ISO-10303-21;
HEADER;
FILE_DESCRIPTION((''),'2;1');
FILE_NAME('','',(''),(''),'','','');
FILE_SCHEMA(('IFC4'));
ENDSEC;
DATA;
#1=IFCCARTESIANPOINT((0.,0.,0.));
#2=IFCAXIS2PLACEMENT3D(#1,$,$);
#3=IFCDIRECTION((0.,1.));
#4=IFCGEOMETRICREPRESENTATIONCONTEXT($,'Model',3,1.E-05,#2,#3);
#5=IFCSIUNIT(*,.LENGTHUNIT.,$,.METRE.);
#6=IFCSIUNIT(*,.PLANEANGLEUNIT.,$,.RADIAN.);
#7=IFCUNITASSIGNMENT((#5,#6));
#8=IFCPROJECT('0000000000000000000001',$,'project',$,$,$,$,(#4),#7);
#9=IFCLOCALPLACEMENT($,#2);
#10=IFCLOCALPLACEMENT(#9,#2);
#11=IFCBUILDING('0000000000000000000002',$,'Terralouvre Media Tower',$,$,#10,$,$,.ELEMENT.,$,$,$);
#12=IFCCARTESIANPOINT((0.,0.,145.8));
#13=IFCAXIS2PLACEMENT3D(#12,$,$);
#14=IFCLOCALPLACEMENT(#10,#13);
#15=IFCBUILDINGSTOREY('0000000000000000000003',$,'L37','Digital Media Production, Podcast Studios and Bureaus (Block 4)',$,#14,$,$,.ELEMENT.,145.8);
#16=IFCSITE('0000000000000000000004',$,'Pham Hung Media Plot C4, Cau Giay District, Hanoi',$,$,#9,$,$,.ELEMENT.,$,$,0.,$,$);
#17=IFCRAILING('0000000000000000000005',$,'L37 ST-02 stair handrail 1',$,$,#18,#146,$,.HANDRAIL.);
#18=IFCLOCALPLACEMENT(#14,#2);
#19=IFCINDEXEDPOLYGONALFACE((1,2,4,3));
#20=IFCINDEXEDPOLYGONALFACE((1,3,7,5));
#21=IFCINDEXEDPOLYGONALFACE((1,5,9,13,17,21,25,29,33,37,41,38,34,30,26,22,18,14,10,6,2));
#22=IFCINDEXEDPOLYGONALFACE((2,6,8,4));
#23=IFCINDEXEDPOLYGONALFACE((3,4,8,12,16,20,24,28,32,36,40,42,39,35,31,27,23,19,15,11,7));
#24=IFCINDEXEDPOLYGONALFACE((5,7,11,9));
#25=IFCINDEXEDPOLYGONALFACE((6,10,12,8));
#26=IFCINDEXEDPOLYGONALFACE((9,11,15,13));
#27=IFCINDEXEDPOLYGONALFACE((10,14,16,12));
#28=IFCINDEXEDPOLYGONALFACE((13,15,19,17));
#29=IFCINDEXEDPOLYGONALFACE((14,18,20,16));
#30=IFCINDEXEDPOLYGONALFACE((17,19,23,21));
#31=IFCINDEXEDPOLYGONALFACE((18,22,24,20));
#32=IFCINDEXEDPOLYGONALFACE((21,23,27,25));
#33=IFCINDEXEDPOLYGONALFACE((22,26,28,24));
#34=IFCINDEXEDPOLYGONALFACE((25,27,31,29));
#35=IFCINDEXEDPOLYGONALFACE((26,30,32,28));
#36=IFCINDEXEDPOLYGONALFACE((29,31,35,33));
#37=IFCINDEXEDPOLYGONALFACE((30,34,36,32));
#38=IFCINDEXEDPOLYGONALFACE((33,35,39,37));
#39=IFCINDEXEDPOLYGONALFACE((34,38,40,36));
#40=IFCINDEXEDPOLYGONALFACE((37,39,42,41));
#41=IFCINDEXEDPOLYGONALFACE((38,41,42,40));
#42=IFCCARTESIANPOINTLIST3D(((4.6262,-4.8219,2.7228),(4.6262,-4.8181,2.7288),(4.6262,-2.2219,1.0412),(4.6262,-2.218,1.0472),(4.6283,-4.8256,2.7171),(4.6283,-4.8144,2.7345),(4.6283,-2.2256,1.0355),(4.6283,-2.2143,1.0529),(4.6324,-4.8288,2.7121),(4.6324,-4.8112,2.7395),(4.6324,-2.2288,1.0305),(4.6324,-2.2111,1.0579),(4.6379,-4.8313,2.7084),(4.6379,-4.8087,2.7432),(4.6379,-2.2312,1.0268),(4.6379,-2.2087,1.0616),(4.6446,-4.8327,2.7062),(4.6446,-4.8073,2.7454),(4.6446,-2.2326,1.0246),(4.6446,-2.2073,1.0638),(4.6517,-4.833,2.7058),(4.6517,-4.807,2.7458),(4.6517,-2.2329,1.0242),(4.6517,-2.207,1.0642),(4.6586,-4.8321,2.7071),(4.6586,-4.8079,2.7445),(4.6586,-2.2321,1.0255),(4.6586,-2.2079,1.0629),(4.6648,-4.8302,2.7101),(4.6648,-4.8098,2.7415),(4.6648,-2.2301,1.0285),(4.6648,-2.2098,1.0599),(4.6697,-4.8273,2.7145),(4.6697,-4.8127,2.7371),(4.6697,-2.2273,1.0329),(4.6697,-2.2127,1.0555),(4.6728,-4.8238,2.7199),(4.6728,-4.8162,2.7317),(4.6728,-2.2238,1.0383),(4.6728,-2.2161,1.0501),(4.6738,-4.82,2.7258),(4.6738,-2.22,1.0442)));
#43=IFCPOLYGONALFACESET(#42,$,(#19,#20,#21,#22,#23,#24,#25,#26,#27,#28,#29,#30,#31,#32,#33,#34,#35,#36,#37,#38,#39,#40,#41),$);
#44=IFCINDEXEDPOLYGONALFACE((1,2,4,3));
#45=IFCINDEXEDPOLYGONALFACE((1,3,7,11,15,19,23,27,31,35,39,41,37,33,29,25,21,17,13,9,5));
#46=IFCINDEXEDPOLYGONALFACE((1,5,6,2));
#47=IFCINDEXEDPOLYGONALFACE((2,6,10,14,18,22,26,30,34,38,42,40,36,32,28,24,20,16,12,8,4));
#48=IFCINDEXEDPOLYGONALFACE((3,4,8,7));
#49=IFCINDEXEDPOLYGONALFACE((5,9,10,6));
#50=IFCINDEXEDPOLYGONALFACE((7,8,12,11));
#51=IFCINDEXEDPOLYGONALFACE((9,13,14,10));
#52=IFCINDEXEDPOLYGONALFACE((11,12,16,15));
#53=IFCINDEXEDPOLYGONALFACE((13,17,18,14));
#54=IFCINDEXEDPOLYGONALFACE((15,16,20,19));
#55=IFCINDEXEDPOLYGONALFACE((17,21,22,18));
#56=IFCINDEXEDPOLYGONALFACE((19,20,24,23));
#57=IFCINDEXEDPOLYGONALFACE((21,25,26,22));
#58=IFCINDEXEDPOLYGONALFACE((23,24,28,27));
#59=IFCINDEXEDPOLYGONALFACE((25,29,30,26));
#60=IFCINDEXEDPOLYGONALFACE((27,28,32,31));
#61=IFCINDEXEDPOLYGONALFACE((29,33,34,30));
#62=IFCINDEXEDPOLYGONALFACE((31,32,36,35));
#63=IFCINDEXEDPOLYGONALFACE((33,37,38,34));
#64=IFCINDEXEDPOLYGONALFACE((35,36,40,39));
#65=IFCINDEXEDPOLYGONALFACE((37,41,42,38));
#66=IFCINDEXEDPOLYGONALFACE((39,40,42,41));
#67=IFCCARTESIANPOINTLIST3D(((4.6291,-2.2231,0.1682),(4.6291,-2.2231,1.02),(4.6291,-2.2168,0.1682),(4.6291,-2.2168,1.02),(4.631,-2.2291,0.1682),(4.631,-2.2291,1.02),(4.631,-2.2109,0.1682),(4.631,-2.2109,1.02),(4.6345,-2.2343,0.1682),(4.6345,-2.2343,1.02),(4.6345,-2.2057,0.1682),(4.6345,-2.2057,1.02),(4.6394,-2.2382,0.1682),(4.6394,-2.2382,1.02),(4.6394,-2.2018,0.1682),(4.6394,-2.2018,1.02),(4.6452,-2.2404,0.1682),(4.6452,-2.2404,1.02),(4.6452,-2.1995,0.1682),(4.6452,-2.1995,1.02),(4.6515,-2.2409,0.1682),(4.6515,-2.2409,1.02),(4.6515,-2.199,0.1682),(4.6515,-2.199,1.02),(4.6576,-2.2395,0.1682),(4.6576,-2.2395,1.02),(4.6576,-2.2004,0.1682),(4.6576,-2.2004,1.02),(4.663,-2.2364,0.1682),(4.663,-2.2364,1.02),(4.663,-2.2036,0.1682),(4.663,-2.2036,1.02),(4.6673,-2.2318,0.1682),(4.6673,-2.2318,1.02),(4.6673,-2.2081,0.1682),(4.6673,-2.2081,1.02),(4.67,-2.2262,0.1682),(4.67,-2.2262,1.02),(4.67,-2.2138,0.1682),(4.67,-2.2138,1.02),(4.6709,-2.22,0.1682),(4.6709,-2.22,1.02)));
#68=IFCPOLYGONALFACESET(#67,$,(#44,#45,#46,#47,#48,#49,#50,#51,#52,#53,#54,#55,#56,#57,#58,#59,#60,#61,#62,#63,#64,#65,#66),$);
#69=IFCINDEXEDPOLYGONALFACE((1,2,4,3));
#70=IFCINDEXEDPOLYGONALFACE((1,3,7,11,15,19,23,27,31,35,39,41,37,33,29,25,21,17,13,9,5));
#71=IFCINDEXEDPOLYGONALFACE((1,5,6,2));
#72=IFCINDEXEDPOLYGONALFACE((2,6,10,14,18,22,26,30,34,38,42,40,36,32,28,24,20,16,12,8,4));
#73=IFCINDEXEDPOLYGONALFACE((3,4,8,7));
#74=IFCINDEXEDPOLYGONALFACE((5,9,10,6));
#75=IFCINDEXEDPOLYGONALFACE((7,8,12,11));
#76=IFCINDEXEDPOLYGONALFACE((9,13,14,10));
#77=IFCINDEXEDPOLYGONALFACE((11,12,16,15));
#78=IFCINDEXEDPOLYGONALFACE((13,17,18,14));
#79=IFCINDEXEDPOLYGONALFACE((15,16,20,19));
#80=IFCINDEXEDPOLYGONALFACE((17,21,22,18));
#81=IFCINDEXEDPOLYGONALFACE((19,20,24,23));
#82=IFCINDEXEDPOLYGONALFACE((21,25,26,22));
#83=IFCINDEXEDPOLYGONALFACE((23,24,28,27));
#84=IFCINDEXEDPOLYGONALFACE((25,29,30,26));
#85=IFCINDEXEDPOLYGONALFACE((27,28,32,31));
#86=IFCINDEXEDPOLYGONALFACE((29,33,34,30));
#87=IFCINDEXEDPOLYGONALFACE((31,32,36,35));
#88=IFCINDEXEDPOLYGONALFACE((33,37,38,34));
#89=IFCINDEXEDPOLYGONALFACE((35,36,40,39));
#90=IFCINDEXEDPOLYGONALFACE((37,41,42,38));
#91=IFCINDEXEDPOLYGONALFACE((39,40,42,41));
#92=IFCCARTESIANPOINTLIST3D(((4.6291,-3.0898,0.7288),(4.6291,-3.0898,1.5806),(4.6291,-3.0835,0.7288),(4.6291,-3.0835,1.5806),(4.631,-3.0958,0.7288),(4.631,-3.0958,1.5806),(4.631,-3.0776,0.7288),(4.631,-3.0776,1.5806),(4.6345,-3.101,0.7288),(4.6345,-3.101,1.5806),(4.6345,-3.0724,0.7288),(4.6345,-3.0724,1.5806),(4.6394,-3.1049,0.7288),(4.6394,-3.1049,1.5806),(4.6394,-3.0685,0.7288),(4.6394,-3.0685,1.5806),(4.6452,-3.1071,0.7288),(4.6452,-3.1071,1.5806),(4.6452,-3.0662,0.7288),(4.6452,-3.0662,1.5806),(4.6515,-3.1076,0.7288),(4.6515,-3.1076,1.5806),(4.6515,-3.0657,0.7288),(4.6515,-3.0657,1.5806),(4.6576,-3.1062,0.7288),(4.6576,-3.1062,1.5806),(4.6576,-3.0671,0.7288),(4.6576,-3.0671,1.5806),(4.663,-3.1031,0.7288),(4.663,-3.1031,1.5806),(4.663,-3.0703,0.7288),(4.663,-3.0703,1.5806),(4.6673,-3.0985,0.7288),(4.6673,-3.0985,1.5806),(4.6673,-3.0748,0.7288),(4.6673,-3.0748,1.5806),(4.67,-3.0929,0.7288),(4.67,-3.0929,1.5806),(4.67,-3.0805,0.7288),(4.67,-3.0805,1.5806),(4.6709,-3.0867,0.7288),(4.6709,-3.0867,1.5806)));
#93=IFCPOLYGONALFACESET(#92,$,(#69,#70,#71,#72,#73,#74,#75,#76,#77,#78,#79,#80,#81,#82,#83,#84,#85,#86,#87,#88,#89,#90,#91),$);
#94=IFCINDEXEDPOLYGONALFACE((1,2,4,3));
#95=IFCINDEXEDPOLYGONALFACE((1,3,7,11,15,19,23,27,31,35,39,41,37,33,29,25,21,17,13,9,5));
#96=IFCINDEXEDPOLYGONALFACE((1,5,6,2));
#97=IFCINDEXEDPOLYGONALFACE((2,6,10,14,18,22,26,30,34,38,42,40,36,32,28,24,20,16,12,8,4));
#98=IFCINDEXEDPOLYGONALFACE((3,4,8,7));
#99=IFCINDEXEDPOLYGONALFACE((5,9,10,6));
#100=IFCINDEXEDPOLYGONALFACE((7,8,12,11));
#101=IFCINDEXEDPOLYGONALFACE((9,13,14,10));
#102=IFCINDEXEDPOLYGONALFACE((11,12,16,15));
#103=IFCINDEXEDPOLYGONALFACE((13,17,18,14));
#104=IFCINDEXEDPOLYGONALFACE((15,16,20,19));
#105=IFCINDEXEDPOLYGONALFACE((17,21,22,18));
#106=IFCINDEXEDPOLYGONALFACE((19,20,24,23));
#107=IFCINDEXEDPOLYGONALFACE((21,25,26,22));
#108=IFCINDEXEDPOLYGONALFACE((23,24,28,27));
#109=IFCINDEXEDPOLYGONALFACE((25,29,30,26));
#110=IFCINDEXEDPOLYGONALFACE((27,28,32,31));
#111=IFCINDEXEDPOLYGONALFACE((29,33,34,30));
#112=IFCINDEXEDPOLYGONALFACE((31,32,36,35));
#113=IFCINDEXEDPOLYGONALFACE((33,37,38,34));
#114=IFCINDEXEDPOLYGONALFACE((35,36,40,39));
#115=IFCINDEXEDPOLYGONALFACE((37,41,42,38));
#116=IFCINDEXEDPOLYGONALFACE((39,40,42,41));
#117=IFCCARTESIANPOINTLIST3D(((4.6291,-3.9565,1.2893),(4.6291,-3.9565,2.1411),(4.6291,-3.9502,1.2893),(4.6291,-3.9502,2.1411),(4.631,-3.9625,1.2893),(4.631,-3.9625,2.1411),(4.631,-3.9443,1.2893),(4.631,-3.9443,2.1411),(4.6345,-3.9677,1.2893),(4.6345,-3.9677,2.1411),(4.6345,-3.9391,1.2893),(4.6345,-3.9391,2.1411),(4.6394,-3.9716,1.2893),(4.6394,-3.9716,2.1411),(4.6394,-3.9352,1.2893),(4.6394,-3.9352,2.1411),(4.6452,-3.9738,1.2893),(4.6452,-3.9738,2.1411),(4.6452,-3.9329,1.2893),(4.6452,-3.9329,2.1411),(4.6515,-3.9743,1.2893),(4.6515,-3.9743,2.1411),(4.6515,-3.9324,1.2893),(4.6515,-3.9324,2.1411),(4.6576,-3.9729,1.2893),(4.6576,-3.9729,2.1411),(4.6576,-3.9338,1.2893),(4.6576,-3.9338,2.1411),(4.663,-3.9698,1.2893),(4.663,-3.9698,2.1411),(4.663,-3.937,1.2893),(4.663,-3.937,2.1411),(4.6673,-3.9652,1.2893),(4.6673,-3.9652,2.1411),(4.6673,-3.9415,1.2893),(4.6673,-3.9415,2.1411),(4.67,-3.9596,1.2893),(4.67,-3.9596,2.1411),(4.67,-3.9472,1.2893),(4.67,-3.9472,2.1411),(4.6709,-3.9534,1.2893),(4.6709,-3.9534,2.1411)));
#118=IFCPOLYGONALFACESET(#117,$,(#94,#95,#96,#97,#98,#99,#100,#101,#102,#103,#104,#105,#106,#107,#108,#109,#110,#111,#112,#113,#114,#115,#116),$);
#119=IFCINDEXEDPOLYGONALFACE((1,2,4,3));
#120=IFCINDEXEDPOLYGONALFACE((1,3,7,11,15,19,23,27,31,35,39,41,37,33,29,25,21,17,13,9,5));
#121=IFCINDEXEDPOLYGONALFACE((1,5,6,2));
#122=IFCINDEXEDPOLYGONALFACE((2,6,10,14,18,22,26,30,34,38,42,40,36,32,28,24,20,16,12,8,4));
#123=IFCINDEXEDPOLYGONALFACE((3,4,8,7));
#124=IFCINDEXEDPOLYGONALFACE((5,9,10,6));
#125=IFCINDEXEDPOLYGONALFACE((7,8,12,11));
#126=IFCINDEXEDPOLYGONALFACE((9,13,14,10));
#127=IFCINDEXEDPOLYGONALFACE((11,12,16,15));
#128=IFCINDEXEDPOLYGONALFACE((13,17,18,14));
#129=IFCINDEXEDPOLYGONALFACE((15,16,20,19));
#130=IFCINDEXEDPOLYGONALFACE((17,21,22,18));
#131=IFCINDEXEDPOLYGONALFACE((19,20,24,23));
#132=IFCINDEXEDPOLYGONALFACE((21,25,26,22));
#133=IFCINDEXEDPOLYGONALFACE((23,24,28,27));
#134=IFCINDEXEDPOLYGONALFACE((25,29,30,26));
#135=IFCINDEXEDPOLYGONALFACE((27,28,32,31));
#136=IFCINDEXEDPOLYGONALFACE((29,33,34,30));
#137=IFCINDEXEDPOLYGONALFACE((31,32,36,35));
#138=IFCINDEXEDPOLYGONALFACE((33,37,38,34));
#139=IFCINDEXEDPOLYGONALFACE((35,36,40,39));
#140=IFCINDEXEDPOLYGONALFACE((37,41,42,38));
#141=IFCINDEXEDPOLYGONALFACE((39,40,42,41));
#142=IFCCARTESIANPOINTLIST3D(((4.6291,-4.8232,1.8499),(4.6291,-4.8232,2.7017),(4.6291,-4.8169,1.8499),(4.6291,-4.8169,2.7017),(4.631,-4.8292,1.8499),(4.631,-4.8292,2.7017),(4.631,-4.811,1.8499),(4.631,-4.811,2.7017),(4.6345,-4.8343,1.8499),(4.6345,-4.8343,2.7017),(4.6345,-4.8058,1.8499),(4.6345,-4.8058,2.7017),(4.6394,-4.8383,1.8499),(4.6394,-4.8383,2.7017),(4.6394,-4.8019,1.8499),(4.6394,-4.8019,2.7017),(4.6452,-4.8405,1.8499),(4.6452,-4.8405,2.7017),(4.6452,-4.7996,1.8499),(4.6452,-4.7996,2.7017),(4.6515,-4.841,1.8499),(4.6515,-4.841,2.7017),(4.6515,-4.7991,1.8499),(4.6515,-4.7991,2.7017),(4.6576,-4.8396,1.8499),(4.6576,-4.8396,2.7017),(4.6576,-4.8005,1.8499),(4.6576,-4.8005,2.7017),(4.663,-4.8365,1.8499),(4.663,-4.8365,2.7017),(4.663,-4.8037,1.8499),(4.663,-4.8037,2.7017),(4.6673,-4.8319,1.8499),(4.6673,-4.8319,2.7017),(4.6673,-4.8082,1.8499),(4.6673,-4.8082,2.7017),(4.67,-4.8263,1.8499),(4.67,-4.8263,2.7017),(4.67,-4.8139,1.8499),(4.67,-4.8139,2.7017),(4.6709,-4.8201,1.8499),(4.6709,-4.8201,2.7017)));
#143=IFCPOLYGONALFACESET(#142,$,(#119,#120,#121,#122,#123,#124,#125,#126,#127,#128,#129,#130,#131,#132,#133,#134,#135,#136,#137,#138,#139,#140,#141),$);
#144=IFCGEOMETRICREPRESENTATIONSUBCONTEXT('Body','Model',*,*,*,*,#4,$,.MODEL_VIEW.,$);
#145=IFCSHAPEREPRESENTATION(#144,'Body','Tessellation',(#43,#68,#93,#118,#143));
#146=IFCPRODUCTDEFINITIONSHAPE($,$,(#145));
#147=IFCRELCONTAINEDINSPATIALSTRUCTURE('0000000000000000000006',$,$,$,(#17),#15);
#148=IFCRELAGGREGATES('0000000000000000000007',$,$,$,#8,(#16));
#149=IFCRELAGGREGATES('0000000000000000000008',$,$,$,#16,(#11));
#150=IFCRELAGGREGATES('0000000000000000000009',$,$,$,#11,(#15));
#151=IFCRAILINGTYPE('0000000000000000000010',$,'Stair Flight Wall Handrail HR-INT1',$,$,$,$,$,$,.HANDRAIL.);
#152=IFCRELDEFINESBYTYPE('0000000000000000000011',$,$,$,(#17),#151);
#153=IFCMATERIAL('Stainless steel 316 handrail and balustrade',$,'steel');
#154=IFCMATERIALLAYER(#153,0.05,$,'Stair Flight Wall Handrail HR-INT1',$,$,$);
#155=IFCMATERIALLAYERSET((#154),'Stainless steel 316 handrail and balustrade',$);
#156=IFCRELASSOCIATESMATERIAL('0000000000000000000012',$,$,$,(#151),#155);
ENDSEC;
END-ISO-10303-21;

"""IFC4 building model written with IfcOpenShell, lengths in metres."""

from ifc_helpers import new_model, si_unit, direction, frame, origin, origin_2d, place, context, subcontext, project, spatial, circle, extrude, material, layer, layer_set, type_object, element, save


model = new_model("IFC4")

# Units and contexts
model_context = context("Model", 3, precision=1e-05, world=origin(), true_north=direction((0.0, 1.0)))
body_context = subcontext(model_context, "Body", "Model", "MODEL_VIEW")
ifc_project = project(units=[si_unit("LENGTHUNIT", "METRE"), si_unit("PLANEANGLEUNIT", "RADIAN")], contexts=[model_context])

# Site, building, storey
site_placement = place(None, origin())
site = spatial("IfcSite", under=ifc_project, at=site_placement, Name="Pham Hung Media Plot C4, Cau Giay District, Hanoi", CompositionType="ELEMENT", RefElevation=0.0)
building_placement = place(site_placement, origin())
building = spatial("IfcBuilding", under=site, at=building_placement, Name="Terralouvre Media Tower", CompositionType="ELEMENT")
storey_placement = place(building_placement, frame((0.0, 0.0, 145.8)))
storey = spatial("IfcBuildingStorey", under=building, at=storey_placement, Name="L37", Description="Digital Media Production, Podcast Studios and Bureaus (Block 4)", CompositionType="ELEMENT", Elevation=145.8)

# Railing
ifc_material_1 = material(Name="Stainless steel 316 handrail and balustrade", Category="steel")
ifc_layer_1 = layer(ifc_material_1, 0.05, Name="Stair Flight Wall Handrail HR-INT1")
ifc_layer_set_1 = layer_set([ifc_layer_1], Name="Stainless steel 316 handrail and balustrade")
railing_type_1 = type_object("IfcRailingType", Name="Stair Flight Wall Handrail HR-INT1", PredefinedType="HANDRAIL", material=ifc_layer_set_1)
railing_1_placement = place(storey_placement, frame((4.6499, -2.22, 0.1682)))
element("IfcRailing", 1, at=railing_1_placement, inside=storey, type_object=railing_type_1, Name="L37 ST-02 stair handrail 1", PredefinedType="HANDRAIL", context=body_context, shape_type="SweptSolid", body=[
    extrude(circle(Radius=0.0239, at=origin_2d()), frame((0.0, 0.0, 0.876), z_axis=(0.0, -0.839684, 0.543075), x_axis=(1.0, 0.0, 0.0)), (0.0, 0.0, 1.0), 3.0964),
    extrude(circle(Radius=0.021, at=origin_2d()), origin(), (0.0, 0.0, 1.0), 0.8518),
    extrude(circle(Radius=0.021, at=origin_2d()), frame((0.0, -0.8667, 0.5605)), (0.0, 0.0, 1.0), 0.8518),
    extrude(circle(Radius=0.021, at=origin_2d()), frame((0.0, -1.7334, 1.1211)), (0.0, 0.0, 1.0), 0.8518),
    extrude(circle(Radius=0.021, at=origin_2d()), frame((0.0, -2.6001, 1.6816)), (0.0, 0.0, 1.0), 0.8518),
])

save(model, "model.ifc")
